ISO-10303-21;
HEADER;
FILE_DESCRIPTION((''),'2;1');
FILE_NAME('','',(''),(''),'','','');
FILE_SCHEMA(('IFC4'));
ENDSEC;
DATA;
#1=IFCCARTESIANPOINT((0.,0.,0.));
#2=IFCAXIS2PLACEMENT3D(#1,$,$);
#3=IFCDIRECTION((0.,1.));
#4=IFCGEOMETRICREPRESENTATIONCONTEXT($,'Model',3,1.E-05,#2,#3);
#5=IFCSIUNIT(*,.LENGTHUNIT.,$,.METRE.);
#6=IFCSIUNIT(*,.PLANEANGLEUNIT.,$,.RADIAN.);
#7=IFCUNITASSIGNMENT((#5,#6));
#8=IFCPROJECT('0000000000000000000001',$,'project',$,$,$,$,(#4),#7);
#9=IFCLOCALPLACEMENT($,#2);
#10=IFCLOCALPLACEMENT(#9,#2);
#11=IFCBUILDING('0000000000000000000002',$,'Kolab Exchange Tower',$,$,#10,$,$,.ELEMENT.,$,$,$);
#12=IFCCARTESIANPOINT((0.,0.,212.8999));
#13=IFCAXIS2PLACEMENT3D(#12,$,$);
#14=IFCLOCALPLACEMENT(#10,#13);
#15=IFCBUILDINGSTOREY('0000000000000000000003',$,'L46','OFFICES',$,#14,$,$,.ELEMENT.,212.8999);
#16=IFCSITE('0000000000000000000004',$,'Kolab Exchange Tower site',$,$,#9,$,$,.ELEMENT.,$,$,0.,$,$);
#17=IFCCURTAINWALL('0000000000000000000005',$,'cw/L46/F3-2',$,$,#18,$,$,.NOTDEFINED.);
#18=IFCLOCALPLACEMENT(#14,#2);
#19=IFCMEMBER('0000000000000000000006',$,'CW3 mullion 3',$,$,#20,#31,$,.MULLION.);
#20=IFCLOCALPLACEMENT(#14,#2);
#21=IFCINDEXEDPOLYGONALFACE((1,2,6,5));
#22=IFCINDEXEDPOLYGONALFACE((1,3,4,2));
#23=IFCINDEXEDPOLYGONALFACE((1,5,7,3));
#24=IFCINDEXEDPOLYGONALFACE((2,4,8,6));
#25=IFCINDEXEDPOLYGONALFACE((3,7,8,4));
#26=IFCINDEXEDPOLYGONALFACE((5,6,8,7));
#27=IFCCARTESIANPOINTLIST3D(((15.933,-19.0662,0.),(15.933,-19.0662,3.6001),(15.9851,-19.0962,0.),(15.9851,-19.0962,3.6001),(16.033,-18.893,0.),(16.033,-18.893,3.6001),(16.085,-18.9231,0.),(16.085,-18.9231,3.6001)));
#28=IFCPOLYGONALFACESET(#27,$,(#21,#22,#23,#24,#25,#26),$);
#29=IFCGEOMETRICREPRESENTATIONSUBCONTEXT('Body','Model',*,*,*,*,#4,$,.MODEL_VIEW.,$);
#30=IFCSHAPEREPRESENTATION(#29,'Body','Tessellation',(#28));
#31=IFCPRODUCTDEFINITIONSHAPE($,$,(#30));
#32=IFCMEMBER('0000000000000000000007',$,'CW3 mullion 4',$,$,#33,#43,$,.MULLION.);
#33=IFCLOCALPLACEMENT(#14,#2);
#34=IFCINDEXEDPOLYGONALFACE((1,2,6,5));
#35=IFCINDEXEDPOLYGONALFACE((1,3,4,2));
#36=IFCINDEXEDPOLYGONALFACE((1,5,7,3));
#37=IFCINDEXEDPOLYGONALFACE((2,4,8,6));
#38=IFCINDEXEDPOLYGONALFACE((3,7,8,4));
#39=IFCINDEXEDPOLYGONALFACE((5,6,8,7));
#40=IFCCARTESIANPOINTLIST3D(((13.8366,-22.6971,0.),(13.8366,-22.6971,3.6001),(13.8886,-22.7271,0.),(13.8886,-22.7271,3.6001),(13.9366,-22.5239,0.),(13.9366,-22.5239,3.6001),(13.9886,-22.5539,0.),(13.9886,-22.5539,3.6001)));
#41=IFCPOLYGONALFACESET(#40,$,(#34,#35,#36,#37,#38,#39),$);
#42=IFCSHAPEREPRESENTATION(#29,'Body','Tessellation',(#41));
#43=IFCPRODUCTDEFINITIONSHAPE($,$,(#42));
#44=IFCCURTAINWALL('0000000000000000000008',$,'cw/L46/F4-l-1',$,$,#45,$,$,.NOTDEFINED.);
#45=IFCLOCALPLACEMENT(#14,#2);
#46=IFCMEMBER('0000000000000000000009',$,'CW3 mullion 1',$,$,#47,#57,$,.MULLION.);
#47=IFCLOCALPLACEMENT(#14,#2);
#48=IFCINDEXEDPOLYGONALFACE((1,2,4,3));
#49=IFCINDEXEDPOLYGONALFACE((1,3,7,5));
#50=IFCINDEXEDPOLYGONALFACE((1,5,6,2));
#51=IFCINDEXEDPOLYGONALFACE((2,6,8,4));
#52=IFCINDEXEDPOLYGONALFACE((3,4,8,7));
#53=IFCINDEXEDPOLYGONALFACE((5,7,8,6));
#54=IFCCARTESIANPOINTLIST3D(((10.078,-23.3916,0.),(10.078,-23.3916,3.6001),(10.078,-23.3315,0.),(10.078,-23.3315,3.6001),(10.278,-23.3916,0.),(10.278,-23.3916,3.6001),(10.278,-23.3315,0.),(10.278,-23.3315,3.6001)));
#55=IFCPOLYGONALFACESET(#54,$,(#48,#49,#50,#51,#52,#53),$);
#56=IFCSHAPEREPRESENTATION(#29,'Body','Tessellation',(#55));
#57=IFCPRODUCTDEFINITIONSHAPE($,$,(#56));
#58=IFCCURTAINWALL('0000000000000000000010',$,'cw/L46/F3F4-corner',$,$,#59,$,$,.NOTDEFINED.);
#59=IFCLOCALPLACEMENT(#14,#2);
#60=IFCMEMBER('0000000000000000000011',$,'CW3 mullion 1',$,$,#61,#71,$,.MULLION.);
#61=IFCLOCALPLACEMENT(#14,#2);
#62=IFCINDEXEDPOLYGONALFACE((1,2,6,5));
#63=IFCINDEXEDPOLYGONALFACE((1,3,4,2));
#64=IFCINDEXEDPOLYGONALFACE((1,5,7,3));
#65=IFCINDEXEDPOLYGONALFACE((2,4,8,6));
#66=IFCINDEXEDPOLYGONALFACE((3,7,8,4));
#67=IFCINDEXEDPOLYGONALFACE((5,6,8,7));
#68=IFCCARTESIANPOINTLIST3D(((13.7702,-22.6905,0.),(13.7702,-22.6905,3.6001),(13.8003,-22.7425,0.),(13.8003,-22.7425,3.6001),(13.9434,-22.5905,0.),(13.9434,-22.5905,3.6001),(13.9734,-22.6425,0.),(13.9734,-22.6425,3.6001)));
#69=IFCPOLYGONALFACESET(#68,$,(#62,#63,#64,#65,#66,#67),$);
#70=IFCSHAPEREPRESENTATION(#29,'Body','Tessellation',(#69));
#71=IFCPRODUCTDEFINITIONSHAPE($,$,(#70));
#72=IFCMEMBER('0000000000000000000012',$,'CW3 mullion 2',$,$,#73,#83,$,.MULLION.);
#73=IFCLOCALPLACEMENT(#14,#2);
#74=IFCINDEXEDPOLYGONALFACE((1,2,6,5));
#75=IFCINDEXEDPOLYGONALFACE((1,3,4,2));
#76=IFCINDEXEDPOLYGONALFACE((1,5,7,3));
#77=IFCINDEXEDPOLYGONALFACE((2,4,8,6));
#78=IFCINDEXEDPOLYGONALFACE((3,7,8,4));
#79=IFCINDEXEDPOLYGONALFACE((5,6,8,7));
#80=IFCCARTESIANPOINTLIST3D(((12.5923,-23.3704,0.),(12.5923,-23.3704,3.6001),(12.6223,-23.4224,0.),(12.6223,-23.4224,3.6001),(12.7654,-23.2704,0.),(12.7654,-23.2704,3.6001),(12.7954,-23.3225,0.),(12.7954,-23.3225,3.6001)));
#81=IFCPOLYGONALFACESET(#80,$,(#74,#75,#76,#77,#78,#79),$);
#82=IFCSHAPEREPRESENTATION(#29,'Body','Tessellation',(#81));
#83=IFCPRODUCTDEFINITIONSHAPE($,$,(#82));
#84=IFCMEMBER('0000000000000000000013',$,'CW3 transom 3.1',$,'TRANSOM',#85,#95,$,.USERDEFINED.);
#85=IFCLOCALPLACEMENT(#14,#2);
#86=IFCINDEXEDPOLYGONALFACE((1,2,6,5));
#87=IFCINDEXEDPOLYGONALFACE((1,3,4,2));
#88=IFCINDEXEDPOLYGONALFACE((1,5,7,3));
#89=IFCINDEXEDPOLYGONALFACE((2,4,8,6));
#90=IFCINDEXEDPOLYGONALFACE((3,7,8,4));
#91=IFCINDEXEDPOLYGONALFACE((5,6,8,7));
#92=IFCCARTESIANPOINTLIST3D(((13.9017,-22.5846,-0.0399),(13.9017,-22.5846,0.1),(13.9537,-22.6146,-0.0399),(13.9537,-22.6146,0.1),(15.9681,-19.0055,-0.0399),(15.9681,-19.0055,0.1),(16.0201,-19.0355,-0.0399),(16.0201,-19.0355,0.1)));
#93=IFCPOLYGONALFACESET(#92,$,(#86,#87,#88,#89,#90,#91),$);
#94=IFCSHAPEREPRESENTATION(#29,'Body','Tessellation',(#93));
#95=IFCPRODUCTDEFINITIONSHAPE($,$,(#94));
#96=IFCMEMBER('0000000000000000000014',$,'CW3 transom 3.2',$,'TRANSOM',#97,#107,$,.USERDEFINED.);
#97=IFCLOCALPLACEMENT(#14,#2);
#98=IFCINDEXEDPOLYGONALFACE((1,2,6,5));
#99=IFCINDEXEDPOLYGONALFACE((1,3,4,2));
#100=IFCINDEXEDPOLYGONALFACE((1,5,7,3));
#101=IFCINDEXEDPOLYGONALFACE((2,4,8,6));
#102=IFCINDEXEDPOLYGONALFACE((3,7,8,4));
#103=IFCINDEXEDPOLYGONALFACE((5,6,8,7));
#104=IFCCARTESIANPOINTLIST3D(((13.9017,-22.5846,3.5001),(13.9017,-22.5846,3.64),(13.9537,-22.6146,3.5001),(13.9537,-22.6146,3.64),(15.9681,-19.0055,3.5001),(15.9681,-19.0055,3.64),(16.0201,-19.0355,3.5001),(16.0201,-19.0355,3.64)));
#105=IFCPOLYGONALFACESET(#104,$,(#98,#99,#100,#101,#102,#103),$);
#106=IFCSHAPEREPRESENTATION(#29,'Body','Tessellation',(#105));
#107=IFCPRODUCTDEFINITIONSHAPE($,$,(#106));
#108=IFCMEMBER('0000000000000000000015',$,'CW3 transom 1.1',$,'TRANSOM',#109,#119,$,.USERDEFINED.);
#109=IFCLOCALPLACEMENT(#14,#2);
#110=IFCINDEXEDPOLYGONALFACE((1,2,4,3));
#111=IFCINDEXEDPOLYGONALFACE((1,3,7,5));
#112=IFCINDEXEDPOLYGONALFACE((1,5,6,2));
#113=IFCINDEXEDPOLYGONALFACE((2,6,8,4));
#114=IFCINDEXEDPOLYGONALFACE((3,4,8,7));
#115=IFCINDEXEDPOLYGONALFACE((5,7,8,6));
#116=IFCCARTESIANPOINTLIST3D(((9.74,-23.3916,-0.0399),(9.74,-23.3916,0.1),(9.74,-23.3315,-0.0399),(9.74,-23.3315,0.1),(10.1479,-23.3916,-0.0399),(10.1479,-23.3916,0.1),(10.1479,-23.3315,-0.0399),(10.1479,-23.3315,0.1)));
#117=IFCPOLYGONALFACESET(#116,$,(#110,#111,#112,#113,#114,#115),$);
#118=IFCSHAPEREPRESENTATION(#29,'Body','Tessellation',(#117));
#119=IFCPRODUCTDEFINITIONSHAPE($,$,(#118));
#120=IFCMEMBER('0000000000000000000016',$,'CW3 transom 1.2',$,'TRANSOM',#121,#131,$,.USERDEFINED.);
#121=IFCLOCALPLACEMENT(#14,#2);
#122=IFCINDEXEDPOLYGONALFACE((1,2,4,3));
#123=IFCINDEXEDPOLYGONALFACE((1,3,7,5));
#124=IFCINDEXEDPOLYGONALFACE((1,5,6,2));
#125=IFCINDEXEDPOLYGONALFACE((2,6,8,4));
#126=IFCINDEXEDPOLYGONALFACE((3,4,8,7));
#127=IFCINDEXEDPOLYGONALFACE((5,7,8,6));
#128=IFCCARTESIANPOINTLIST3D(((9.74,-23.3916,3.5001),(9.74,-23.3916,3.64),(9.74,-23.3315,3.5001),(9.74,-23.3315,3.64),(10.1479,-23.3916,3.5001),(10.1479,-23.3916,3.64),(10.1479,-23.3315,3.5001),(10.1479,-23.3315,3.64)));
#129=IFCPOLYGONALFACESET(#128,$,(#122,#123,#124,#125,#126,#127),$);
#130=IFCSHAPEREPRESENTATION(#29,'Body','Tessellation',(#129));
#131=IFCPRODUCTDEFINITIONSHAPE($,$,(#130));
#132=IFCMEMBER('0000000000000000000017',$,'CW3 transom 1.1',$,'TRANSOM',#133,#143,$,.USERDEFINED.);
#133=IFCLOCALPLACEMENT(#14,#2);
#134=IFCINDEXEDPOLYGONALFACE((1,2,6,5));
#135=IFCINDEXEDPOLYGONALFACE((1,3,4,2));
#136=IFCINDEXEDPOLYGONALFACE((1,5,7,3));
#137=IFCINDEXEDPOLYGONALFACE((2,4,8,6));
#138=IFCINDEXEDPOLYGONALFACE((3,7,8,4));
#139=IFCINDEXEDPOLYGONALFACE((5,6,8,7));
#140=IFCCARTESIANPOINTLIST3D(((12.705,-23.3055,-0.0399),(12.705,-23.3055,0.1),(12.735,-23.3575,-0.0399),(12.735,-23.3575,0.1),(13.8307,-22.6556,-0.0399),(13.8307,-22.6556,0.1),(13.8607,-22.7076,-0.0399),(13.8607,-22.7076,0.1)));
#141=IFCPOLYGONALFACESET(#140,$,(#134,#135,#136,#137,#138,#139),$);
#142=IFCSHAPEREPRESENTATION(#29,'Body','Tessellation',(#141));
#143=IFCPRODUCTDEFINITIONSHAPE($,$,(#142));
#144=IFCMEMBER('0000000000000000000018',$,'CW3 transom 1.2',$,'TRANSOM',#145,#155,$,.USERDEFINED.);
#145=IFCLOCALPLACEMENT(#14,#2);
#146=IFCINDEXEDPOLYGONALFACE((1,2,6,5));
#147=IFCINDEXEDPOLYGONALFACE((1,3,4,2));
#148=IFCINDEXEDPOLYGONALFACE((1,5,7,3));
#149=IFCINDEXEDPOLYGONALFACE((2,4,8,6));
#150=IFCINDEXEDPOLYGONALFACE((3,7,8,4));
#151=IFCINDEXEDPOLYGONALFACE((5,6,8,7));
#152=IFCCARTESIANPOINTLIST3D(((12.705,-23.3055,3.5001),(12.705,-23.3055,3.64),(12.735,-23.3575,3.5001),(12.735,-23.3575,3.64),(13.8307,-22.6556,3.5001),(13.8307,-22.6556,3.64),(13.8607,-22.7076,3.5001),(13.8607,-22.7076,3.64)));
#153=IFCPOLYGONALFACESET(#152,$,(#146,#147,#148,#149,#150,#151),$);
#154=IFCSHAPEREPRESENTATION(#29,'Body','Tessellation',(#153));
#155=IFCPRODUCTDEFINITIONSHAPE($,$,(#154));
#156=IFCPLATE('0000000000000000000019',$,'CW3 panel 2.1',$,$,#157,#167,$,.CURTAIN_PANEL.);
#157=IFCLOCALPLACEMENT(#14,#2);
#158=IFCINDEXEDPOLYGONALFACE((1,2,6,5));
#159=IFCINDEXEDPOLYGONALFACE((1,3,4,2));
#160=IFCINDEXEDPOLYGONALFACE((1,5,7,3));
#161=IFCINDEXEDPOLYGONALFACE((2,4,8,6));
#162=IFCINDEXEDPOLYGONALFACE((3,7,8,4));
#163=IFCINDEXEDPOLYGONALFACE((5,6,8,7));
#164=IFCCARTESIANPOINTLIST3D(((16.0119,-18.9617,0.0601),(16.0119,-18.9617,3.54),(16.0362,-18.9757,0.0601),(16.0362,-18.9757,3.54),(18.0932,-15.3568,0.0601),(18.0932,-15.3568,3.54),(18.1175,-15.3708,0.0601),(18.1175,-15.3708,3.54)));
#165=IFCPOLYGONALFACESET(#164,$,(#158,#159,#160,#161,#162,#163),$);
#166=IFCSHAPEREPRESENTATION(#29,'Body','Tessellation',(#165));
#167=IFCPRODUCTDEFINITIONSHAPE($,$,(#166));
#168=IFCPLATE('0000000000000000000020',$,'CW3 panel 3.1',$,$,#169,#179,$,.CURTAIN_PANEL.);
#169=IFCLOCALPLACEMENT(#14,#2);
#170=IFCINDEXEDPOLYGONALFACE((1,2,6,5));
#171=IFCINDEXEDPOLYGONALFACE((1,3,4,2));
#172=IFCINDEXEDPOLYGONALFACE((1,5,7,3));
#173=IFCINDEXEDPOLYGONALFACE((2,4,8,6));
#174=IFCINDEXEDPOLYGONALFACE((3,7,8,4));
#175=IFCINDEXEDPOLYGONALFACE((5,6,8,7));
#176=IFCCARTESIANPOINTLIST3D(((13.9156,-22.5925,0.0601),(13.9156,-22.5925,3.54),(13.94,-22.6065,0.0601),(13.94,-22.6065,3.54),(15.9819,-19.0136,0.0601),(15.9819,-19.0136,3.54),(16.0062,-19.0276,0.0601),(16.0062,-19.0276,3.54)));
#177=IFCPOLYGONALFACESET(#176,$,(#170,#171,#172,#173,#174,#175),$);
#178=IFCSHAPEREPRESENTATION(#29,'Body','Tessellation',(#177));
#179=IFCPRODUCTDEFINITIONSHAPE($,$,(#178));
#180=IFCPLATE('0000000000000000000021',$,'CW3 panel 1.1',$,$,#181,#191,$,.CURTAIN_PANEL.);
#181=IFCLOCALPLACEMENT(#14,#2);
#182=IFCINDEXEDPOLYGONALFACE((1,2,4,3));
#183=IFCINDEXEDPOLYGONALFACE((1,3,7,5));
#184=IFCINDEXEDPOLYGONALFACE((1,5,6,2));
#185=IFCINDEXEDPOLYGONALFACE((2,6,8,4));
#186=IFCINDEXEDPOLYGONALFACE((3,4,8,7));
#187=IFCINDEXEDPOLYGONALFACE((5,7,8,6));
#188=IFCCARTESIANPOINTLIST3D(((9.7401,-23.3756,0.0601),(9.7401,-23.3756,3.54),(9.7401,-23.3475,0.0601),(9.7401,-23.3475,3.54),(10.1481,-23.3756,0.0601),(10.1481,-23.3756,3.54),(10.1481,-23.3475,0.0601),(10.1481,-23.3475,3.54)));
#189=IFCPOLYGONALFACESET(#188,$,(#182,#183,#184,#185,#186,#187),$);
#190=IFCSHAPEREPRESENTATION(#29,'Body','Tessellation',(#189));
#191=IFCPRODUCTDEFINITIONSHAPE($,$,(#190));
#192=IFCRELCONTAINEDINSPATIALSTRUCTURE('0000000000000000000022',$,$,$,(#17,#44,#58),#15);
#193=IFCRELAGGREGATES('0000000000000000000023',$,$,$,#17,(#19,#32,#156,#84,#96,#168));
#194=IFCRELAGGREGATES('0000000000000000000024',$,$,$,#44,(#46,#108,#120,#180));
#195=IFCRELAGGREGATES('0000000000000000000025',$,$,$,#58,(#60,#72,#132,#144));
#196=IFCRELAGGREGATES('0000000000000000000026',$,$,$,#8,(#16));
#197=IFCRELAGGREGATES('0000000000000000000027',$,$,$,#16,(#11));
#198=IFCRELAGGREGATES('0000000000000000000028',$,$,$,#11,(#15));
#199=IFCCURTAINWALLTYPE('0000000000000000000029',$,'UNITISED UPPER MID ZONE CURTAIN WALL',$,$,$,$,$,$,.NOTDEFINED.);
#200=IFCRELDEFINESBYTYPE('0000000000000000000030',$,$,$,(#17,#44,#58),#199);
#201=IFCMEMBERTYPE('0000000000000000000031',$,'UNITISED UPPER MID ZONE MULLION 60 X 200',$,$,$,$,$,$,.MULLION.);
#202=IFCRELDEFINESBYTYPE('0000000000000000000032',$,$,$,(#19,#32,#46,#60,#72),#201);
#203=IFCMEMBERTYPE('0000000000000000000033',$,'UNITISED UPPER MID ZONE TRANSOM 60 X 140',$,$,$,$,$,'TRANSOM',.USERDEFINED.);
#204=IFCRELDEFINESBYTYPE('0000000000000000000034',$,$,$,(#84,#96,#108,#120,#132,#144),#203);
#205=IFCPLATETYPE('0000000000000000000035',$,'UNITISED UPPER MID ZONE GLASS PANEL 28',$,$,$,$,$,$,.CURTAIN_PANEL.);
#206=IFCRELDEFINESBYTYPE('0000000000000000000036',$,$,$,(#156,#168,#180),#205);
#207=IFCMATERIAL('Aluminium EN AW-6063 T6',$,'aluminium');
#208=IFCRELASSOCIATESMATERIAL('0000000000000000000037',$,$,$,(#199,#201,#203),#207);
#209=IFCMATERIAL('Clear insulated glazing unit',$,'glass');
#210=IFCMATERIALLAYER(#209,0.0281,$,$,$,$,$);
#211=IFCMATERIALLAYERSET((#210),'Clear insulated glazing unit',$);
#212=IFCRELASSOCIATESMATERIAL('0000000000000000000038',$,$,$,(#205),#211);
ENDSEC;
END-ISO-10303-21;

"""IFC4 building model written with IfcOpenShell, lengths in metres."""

from ifc_helpers import new_model, si_unit, direction, frame, origin, origin_2d, place, context, subcontext, project, spatial, rectangle, extrude, material, layer, layer_set, material_profile, profile_set, type_object, element, aggregate, save


model = new_model("IFC4")

# Units and contexts
model_context = context("Model", 3, precision=1e-05, world=origin(), true_north=direction((0.0, 1.0)))
body_context = subcontext(model_context, "Body", "Model", "MODEL_VIEW")
ifc_project = project(units=[si_unit("LENGTHUNIT", "METRE"), si_unit("PLANEANGLEUNIT", "RADIAN")], contexts=[model_context])

# Site, building, storey
site_placement = place(None, origin())
site = spatial("IfcSite", under=ifc_project, at=site_placement, Name="Kolab Exchange Tower site", CompositionType="ELEMENT", RefElevation=0.0)
building_placement = place(site_placement, origin())
building = spatial("IfcBuilding", under=site, at=building_placement, Name="Kolab Exchange Tower", CompositionType="ELEMENT")
storey_placement = place(building_placement, frame((0.0, 0.0, 212.8999)))
storey = spatial("IfcBuildingStorey", under=building, at=storey_placement, Name="L46", Description="OFFICES", CompositionType="ELEMENT", Elevation=212.8999)

# Curtain wall, members
ifc_material_1 = material(Name="Aluminium EN AW-6063 T6", Category="aluminium")
curtain_wall_type = type_object("IfcCurtainWallType", Name="UNITISED UPPER MID ZONE CURTAIN WALL", PredefinedType="NOTDEFINED", material=ifc_material_1)
curtain_wall_1_placement = place(storey_placement, origin())
curtain_wall_1 = element("IfcCurtainWall", 1, at=curtain_wall_1_placement, inside=storey, type_object=curtain_wall_type, Name="cw/L46/F3-2", PredefinedType="NOTDEFINED")
ifc_material_profile_1 = material_profile(ifc_material_1, rectangle(XDim=0.0601, YDim=0.2, at=origin_2d()), Name="RECT 60X200")
ifc_profile_set_1 = profile_set([ifc_material_profile_1], Name="Aluminium EN AW-6063 T6")
member_type_1 = type_object("IfcMemberType", Name="UNITISED UPPER MID ZONE MULLION 60 X 200", PredefinedType="MULLION", material=ifc_profile_set_1)
member_1_placement = place(storey_placement, frame((16.009, -18.9946, 0.0), z_axis=(0.0, 0.0, 1.0), x_axis=(0.866025, -0.5, 0.0)))
member_1 = element("IfcMember", 2, at=member_1_placement, type_object=member_type_1, Name="CW3 mullion 3", PredefinedType="MULLION", context=body_context, shape_type="SweptSolid", body=[
    extrude(rectangle(XDim=0.0601, YDim=0.2, at=origin_2d()), origin(), (0.0, 0.0, 1.0), 3.6001),
])
member_2_placement = place(storey_placement, frame((13.9126, -22.6255, 0.0), z_axis=(0.0, 0.0, 1.0), x_axis=(0.866025, -0.5, 0.0)))
member_2 = element("IfcMember", 3, at=member_2_placement, type_object=member_type_1, Name="CW3 mullion 4", PredefinedType="MULLION", context=body_context, shape_type="SweptSolid", body=[
    extrude(rectangle(XDim=0.0601, YDim=0.2, at=origin_2d()), origin(), (0.0, 0.0, 1.0), 3.6001),
])

# Curtain wall, member
curtain_wall_2_placement = place(storey_placement, origin())
curtain_wall_2 = element("IfcCurtainWall", 4, at=curtain_wall_2_placement, inside=storey, type_object=curtain_wall_type, Name="cw/L46/F4-l-1", PredefinedType="NOTDEFINED")
member_3_placement = place(storey_placement, frame((10.178, -23.3616, 0.0), z_axis=(0.0, 0.0, 1.0), x_axis=(0.0, -1.0, 0.0)))
member_3 = element("IfcMember", 5, at=member_3_placement, type_object=member_type_1, Name="CW3 mullion 1", PredefinedType="MULLION", context=body_context, shape_type="SweptSolid", body=[
    extrude(rectangle(XDim=0.0601, YDim=0.2, at=origin_2d()), origin(), (0.0, 0.0, 1.0), 3.6001),
])

# Curtain wall, members
curtain_wall_3_placement = place(storey_placement, origin())
curtain_wall_3 = element("IfcCurtainWall", 6, at=curtain_wall_3_placement, inside=storey, type_object=curtain_wall_type, Name="cw/L46/F3F4-corner", PredefinedType="NOTDEFINED")
member_4_placement = place(storey_placement, frame((13.8718, -22.6665, 0.0), z_axis=(0.0, 0.0, 1.0), x_axis=(0.5, -0.866025, 0.0)))
member_4 = element("IfcMember", 7, at=member_4_placement, type_object=member_type_1, Name="CW3 mullion 1", PredefinedType="MULLION", context=body_context, shape_type="SweptSolid", body=[
    extrude(rectangle(XDim=0.0601, YDim=0.2, at=origin_2d()), origin(), (0.0, 0.0, 1.0), 3.6001),
])
member_5_placement = place(storey_placement, frame((12.6938, -23.3464, 0.0), z_axis=(0.0, 0.0, 1.0), x_axis=(0.5, -0.866025, 0.0)))
member_5 = element("IfcMember", 8, at=member_5_placement, type_object=member_type_1, Name="CW3 mullion 2", PredefinedType="MULLION", context=body_context, shape_type="SweptSolid", body=[
    extrude(rectangle(XDim=0.0601, YDim=0.2, at=origin_2d()), origin(), (0.0, 0.0, 1.0), 3.6001),
])

# Members
ifc_material_profile_2 = material_profile(ifc_material_1, rectangle(XDim=0.0601, YDim=0.1399, at=origin_2d()), Name="RECT 60X140")
ifc_profile_set_2 = profile_set([ifc_material_profile_2], Name="Aluminium EN AW-6063 T6")
member_type_2 = type_object("IfcMemberType", Name="UNITISED UPPER MID ZONE TRANSOM 60 X 140", ElementType="TRANSOM", PredefinedType="USERDEFINED", material=ifc_profile_set_2)
member_6_placement = place(storey_placement, frame((15.9941, -19.0205, 0.03), z_axis=(-0.500002, -0.866024, 0.0), x_axis=(0.866024, -0.500002, 0.0)))
member_6 = element("IfcMember", 9, at=member_6_placement, type_object=member_type_2, Name="CW3 transom 3.1", ObjectType="TRANSOM", PredefinedType="USERDEFINED", context=body_context, shape_type="SweptSolid", body=[
    extrude(rectangle(XDim=0.0601, YDim=0.1399, at=origin_2d()), origin(), (0.0, 0.0, 1.0), 4.1328),
])
member_7_placement = place(storey_placement, frame((15.9941, -19.0205, 3.5701), z_axis=(-0.500002, -0.866024, 0.0), x_axis=(0.866024, -0.500002, 0.0)))
member_7 = element("IfcMember", 10, at=member_7_placement, type_object=member_type_2, Name="CW3 transom 3.2", ObjectType="TRANSOM", PredefinedType="USERDEFINED", context=body_context, shape_type="SweptSolid", body=[
    extrude(rectangle(XDim=0.0601, YDim=0.1399, at=origin_2d()), origin(), (0.0, 0.0, 1.0), 4.1328),
])
member_8_placement = place(storey_placement, frame((10.1479, -23.3616, 0.03), z_axis=(-1.0, 0.0, 0.0), x_axis=(0.0, -1.0, 0.0)))
member_8 = element("IfcMember", 11, at=member_8_placement, type_object=member_type_2, Name="CW3 transom 1.1", ObjectType="TRANSOM", PredefinedType="USERDEFINED", context=body_context, shape_type="SweptSolid", body=[
    extrude(rectangle(XDim=0.0601, YDim=0.1399, at=origin_2d()), origin(), (0.0, 0.0, 1.0), 0.408),
])
member_9_placement = place(storey_placement, frame((10.1479, -23.3616, 3.5701), z_axis=(-1.0, 0.0, 0.0), x_axis=(0.0, -1.0, 0.0)))
member_9 = element("IfcMember", 12, at=member_9_placement, type_object=member_type_2, Name="CW3 transom 1.2", ObjectType="TRANSOM", PredefinedType="USERDEFINED", context=body_context, shape_type="SweptSolid", body=[
    extrude(rectangle(XDim=0.0601, YDim=0.1399, at=origin_2d()), origin(), (0.0, 0.0, 1.0), 0.408),
])
member_10_placement = place(storey_placement, frame((13.8457, -22.6816, 0.03), z_axis=(-0.866039, -0.499977, 0.0), x_axis=(0.499977, -0.866039, 0.0)))
member_10 = element("IfcMember", 13, at=member_10_placement, type_object=member_type_2, Name="CW3 transom 1.1", ObjectType="TRANSOM", PredefinedType="USERDEFINED", context=body_context, shape_type="SweptSolid", body=[
    extrude(rectangle(XDim=0.0601, YDim=0.1399, at=origin_2d()), origin(), (0.0, 0.0, 1.0), 1.2998),
])
member_11_placement = place(storey_placement, frame((13.8457, -22.6816, 3.5701), z_axis=(-0.866039, -0.499977, 0.0), x_axis=(0.499977, -0.866039, 0.0)))
member_11 = element("IfcMember", 14, at=member_11_placement, type_object=member_type_2, Name="CW3 transom 1.2", ObjectType="TRANSOM", PredefinedType="USERDEFINED", context=body_context, shape_type="SweptSolid", body=[
    extrude(rectangle(XDim=0.0601, YDim=0.1399, at=origin_2d()), origin(), (0.0, 0.0, 1.0), 1.2998),
])

# Plates
ifc_material_2 = material(Name="Clear insulated glazing unit", Category="glass")
ifc_layer_1 = layer(ifc_material_2, 0.0281)
ifc_layer_set_1 = layer_set([ifc_layer_1], Name="Clear insulated glazing unit")
plate_type = type_object("IfcPlateType", Name="UNITISED UPPER MID ZONE GLASS PANEL 28", PredefinedType="CURTAIN_PANEL", material=ifc_layer_set_1)
plate_1_placement = place(storey_placement, frame((17.0647, -17.1663, 0.0601), z_axis=(0.0, 0.0, 1.0), x_axis=(-0.5, -0.866025, 0.0)))
plate_1 = element("IfcPlate", 15, at=plate_1_placement, type_object=plate_type, Name="CW3 panel 2.1", PredefinedType="CURTAIN_PANEL", context=body_context, shape_type="SweptSolid", body=[
    extrude(rectangle(XDim=4.1626, YDim=0.0281, at=origin_2d()), origin(), (0.0, 0.0, 1.0), 3.48),
])
plate_2_placement = place(storey_placement, frame((14.9609, -20.8101, 0.0601), z_axis=(0.0, 0.0, 1.0), x_axis=(-0.5, -0.866025, 0.0)))
plate_2 = element("IfcPlate", 16, at=plate_2_placement, type_object=plate_type, Name="CW3 panel 3.1", PredefinedType="CURTAIN_PANEL", context=body_context, shape_type="SweptSolid", body=[
    extrude(rectangle(XDim=4.1326, YDim=0.0281, at=origin_2d()), origin(), (0.0, 0.0, 1.0), 3.48),
])
aggregate(curtain_wall_1, [member_1, member_2, plate_1, member_6, member_7, plate_2])
plate_3_placement = place(storey_placement, frame((9.9441, -23.3616, 0.0601), z_axis=(0.0, 0.0, 1.0), x_axis=(-1.0, 0.0, 0.0)))
plate_3 = element("IfcPlate", 17, at=plate_3_placement, type_object=plate_type, Name="CW3 panel 1.1", PredefinedType="CURTAIN_PANEL", context=body_context, shape_type="SweptSolid", body=[
    extrude(rectangle(XDim=0.408, YDim=0.0281, at=origin_2d()), origin(), (0.0, 0.0, 1.0), 3.48),
])
aggregate(curtain_wall_2, [member_3, member_8, member_9, plate_3])
aggregate(curtain_wall_3, [member_4, member_5, member_10, member_11])

save(model, "model.ifc")
